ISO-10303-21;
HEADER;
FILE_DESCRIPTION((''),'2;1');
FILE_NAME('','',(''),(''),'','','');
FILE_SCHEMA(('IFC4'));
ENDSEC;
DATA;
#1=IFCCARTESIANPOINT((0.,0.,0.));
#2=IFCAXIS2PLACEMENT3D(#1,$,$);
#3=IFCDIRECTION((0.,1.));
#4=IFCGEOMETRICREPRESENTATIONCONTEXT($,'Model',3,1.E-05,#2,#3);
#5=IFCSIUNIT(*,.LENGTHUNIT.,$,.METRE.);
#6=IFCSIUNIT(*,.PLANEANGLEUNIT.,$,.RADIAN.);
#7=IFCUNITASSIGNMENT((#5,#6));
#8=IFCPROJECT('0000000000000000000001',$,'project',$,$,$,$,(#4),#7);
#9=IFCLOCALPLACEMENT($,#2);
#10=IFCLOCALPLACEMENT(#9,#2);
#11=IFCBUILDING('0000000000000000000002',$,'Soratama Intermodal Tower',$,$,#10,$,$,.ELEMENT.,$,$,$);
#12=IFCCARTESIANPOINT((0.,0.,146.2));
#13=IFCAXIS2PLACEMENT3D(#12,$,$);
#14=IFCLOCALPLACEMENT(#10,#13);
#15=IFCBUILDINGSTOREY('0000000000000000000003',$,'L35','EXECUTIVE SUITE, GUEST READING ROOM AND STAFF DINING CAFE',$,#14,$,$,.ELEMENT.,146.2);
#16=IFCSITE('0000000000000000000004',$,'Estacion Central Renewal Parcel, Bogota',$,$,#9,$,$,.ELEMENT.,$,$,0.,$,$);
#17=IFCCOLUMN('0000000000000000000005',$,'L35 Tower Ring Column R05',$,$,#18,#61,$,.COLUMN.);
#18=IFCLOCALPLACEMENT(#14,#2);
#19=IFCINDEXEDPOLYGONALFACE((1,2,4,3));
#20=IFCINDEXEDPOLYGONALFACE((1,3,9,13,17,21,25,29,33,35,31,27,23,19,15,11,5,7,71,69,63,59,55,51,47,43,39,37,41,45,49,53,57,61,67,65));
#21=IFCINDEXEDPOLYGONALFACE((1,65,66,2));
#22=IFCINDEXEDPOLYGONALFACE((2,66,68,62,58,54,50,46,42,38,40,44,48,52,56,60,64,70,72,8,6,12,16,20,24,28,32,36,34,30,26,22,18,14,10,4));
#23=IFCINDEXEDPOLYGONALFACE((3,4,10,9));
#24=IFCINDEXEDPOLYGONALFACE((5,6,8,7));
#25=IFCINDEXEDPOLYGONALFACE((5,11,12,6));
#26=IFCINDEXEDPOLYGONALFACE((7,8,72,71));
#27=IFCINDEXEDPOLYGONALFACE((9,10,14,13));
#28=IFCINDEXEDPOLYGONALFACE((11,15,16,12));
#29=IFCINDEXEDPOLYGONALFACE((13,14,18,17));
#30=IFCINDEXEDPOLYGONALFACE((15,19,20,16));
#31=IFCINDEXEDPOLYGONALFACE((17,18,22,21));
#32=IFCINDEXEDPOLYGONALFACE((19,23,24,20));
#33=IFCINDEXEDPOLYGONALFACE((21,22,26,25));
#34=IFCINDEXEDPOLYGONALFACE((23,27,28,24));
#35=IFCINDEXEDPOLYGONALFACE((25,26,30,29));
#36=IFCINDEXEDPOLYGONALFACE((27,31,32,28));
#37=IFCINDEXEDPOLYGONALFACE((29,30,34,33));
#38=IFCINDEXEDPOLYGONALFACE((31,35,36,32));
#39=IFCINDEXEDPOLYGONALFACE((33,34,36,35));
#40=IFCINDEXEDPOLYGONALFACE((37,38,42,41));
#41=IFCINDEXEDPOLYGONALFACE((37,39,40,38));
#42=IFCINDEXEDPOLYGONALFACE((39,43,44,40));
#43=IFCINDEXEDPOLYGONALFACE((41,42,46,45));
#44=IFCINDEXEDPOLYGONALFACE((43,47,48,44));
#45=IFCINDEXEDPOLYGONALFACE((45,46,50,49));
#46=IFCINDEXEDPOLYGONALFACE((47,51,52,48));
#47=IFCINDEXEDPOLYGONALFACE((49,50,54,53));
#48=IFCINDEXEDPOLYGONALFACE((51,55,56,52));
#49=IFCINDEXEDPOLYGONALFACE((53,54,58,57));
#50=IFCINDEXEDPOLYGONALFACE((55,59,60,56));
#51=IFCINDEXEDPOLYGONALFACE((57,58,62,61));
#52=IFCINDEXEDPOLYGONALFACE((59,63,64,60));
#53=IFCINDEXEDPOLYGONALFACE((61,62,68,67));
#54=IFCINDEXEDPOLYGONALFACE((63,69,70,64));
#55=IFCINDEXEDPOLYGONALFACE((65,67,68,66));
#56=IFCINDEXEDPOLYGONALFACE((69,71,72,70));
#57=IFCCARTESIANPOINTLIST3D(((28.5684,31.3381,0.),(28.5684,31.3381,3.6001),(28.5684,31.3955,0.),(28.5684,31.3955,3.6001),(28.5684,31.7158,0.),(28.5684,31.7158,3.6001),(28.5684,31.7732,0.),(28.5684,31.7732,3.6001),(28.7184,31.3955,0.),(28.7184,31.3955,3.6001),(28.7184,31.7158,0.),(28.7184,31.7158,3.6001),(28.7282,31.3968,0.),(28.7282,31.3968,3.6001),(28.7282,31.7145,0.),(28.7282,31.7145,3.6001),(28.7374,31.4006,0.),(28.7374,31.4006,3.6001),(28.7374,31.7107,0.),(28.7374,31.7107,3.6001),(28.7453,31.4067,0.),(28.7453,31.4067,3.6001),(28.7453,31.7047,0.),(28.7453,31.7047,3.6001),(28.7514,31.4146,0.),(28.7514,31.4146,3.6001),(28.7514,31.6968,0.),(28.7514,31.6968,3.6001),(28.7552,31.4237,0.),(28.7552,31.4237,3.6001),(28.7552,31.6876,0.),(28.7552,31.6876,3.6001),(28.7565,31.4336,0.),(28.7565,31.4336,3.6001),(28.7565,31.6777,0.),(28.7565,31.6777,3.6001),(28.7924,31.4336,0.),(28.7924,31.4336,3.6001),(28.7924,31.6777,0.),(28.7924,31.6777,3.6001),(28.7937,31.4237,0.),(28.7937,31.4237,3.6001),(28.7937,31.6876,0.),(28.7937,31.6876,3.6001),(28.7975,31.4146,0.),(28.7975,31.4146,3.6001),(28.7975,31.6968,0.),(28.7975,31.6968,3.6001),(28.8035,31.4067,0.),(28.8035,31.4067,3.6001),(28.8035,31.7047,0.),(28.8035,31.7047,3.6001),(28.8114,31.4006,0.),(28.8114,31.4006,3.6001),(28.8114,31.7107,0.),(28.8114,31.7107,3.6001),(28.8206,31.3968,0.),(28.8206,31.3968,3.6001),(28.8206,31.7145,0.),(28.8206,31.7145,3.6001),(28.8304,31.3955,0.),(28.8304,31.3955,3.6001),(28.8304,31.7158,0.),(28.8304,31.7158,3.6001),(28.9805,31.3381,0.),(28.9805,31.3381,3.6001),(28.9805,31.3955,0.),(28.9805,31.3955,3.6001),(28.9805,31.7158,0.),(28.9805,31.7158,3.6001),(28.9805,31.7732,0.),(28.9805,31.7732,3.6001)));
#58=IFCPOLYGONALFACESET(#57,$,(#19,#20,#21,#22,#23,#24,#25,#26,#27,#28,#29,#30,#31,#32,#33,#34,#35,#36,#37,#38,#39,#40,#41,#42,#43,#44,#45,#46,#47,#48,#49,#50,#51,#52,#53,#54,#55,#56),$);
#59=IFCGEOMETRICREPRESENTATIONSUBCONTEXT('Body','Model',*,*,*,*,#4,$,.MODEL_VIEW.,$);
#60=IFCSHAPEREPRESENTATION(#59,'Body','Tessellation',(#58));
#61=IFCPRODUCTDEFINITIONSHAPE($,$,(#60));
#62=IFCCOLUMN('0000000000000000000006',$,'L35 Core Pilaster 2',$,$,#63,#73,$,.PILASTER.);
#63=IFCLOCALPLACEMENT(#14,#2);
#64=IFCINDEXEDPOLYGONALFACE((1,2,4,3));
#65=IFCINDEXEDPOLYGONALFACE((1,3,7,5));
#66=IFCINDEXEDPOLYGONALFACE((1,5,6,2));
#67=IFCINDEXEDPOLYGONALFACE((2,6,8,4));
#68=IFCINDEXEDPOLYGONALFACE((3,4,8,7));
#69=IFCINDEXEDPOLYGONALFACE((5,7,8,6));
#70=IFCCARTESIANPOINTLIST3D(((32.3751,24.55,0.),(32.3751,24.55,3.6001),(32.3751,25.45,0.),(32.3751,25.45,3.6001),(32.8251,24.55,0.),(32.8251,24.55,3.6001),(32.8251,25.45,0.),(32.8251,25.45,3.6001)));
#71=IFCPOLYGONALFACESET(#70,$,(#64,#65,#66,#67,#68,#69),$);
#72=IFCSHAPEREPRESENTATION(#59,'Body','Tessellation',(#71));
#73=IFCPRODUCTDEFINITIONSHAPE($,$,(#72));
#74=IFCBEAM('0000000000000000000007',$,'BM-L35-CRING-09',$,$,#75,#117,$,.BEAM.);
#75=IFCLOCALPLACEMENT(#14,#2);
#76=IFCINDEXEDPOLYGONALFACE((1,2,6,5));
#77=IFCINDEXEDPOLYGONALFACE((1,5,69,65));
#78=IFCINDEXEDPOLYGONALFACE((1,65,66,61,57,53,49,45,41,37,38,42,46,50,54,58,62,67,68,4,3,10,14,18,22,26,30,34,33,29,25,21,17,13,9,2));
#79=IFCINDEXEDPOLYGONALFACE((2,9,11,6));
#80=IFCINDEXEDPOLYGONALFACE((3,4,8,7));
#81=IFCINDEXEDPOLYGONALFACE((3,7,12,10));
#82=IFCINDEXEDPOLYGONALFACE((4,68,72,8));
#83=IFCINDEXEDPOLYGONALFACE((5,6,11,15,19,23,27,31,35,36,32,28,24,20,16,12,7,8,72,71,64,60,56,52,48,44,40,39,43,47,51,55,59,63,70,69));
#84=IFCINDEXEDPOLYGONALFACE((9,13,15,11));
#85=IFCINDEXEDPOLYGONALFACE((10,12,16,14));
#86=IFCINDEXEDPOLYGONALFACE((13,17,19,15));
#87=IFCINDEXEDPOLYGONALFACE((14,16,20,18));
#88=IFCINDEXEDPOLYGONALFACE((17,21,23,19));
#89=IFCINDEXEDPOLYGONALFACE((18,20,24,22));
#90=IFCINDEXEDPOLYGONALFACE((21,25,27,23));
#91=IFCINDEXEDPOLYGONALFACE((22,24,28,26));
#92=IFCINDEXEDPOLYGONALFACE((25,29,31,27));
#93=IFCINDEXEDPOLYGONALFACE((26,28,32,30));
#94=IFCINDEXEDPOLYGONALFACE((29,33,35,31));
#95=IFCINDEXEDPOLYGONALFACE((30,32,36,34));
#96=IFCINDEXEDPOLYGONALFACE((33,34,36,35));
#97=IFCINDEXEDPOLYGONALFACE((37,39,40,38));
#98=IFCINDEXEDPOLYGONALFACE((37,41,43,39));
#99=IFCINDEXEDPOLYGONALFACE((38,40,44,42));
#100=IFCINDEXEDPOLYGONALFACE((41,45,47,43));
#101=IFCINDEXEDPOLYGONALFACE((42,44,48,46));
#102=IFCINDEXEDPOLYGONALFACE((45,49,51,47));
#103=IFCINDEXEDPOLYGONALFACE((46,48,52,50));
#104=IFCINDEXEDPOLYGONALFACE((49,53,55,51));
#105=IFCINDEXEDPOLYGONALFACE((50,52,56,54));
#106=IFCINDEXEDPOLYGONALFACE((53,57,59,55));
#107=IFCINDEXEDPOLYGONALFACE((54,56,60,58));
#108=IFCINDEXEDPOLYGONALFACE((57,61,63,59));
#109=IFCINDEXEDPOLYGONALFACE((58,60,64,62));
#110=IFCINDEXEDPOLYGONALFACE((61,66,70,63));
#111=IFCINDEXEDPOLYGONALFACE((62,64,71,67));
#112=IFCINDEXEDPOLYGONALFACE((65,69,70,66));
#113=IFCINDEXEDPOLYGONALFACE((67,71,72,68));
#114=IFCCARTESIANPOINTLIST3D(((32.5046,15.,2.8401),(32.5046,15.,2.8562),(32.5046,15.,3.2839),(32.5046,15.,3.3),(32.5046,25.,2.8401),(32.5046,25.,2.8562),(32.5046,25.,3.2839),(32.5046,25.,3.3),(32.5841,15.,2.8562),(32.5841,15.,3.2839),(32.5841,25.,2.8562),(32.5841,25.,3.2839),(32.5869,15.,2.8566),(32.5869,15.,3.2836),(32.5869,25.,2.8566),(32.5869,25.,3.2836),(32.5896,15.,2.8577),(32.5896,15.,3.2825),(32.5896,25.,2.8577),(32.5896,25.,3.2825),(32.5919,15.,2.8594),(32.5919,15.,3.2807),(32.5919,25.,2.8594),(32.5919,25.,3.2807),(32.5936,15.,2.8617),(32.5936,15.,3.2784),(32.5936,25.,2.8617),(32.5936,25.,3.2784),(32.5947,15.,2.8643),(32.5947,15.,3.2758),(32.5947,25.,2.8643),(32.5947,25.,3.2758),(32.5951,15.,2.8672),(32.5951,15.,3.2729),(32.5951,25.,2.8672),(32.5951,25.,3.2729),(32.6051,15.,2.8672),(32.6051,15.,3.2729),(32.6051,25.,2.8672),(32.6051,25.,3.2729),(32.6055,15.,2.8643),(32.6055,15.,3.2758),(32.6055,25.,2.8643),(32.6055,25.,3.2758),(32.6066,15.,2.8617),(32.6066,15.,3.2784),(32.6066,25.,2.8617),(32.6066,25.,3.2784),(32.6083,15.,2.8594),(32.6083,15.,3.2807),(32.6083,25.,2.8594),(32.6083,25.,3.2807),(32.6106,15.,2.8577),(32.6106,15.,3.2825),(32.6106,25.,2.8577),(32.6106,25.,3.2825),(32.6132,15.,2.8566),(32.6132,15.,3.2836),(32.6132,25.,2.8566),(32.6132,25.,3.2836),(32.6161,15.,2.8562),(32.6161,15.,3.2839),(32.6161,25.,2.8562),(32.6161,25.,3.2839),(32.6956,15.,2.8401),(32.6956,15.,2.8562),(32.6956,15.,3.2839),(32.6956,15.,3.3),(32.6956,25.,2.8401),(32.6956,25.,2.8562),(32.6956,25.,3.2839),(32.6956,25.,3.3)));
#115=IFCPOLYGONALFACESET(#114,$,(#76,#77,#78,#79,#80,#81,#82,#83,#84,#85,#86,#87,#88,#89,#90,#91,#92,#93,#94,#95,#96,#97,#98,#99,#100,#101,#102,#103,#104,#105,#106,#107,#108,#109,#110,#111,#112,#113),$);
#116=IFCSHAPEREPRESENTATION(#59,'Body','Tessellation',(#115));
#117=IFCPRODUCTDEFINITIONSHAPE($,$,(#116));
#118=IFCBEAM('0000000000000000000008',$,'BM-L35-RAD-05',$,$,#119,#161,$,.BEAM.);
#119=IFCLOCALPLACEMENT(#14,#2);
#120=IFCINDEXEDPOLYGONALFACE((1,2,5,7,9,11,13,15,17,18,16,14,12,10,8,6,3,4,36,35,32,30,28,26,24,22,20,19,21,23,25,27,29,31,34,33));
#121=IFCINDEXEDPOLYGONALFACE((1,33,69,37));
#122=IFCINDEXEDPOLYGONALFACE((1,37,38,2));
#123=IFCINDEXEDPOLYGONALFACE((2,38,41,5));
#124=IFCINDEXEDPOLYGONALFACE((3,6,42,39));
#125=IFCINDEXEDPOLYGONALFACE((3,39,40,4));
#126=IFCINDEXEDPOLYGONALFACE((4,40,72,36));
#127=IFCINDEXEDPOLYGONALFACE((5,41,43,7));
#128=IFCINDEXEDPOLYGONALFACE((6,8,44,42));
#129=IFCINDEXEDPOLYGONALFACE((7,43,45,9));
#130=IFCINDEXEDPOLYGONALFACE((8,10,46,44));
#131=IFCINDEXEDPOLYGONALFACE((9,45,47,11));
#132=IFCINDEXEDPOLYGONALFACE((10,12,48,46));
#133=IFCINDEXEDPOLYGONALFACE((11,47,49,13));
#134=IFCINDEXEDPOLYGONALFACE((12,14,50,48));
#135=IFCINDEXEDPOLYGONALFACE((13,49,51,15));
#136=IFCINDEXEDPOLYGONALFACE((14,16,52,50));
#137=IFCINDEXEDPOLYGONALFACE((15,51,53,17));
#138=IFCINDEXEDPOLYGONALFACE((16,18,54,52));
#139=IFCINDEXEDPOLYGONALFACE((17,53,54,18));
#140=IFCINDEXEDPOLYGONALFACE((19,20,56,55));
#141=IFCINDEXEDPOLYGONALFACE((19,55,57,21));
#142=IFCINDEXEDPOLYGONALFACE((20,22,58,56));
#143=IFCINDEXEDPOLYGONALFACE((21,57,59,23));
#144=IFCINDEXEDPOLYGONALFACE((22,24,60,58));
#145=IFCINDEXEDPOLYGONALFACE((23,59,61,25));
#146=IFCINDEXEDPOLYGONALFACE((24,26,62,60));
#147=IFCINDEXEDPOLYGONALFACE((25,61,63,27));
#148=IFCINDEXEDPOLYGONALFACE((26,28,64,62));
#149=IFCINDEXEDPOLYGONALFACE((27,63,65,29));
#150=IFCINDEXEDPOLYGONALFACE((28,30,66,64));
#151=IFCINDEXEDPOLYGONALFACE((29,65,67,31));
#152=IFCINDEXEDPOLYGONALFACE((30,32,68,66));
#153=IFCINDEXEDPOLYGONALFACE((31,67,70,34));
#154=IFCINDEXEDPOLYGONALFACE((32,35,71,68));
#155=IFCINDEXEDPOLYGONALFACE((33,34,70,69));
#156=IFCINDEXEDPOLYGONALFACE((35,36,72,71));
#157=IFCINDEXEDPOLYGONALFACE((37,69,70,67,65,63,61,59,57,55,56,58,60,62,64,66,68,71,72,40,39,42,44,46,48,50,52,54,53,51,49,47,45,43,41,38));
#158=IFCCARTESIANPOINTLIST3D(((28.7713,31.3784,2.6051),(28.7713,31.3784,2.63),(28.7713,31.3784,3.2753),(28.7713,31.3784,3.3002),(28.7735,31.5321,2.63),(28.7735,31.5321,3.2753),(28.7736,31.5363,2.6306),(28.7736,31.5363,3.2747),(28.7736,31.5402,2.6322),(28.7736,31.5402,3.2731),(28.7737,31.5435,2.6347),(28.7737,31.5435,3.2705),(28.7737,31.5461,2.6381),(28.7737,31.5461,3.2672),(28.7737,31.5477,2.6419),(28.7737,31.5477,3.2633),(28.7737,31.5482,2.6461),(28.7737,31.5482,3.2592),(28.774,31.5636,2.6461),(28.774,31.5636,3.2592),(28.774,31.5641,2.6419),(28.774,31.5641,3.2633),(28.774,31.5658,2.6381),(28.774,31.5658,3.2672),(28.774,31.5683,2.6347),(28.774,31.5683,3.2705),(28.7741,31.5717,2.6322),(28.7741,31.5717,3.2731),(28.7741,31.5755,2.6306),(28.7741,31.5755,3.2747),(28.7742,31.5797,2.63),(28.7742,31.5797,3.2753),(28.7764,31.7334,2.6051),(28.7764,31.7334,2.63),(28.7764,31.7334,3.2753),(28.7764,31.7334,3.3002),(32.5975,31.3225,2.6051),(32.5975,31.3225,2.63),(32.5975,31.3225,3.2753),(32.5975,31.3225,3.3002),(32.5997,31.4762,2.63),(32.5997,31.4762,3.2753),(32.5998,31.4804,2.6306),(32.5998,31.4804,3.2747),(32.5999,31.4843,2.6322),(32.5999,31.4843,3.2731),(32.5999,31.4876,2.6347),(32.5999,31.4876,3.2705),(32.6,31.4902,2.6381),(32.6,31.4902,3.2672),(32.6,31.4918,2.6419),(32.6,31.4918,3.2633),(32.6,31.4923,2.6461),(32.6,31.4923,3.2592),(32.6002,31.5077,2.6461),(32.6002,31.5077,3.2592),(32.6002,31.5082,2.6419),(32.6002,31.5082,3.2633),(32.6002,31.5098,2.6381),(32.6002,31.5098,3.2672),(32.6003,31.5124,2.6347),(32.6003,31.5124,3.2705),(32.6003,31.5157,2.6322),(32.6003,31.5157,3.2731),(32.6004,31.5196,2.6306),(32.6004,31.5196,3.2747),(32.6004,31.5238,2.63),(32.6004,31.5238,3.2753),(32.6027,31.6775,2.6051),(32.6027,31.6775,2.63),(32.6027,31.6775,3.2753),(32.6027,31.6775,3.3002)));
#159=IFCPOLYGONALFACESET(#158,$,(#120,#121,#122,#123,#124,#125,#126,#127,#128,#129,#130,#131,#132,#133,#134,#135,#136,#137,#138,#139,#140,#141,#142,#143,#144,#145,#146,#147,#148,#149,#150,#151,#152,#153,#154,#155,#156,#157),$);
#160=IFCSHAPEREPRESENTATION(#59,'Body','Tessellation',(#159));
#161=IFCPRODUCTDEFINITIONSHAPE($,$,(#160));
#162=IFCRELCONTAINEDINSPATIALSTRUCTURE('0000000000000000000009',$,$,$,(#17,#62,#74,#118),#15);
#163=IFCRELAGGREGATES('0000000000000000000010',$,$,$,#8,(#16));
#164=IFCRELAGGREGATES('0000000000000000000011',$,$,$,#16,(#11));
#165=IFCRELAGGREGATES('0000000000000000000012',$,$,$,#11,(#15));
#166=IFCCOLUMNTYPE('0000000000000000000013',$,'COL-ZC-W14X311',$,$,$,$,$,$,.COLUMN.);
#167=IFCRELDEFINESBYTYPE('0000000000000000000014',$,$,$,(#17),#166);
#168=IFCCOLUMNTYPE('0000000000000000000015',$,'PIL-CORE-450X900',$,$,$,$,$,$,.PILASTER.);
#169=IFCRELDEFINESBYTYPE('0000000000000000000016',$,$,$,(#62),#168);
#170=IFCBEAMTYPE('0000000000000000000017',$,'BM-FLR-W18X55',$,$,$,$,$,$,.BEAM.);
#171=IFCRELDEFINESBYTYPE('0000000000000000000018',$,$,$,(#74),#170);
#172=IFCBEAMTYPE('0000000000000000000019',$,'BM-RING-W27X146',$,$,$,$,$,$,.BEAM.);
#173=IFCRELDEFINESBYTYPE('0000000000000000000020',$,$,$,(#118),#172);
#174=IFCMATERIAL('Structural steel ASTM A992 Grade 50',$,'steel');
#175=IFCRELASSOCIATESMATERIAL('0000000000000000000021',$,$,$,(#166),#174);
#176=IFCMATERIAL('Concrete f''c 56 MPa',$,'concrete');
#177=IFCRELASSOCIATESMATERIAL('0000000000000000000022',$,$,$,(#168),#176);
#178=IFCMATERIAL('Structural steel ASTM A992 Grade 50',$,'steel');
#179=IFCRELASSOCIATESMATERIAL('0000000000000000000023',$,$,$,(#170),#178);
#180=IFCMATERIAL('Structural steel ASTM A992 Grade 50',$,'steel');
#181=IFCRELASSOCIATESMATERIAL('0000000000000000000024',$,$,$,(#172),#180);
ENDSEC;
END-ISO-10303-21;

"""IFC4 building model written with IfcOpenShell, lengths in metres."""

from ifc_helpers import new_model, si_unit, direction, frame, origin, origin_2d, place, context, subcontext, project, spatial, rectangle, i_section, extrude, material, material_profile, profile_set, type_object, element, save


model = new_model("IFC4")

# Units and contexts
model_context = context("Model", 3, precision=1e-05, world=origin(), true_north=direction((0.0, 1.0)))
body_context = subcontext(model_context, "Body", "Model", "MODEL_VIEW")
ifc_project = project(units=[si_unit("LENGTHUNIT", "METRE"), si_unit("PLANEANGLEUNIT", "RADIAN")], contexts=[model_context])

# Site, building, storey
site_placement = place(None, origin())
site = spatial("IfcSite", under=ifc_project, at=site_placement, Name="Estacion Central Renewal Parcel, Bogota", CompositionType="ELEMENT", RefElevation=0.0)
building_placement = place(site_placement, origin())
building = spatial("IfcBuilding", under=site, at=building_placement, Name="Soratama Intermodal Tower", CompositionType="ELEMENT")
storey_placement = place(building_placement, frame((0.0, 0.0, 146.2)))
storey = spatial("IfcBuildingStorey", under=building, at=storey_placement, Name="L35", Description="EXECUTIVE SUITE, GUEST READING ROOM AND STAFF DINING CAFE", CompositionType="ELEMENT", Elevation=146.2)

# Columns
ifc_material_1 = material(Name="Structural steel ASTM A992 Grade 50", Category="steel")
ifc_material_profile_1 = material_profile(ifc_material_1, i_section(OverallWidth=0.4121, OverallDepth=0.4351, WebThickness=0.0359, FlangeThickness=0.0574, FilletRadius=0.0381, at=origin_2d()), Name="W14X311")
ifc_profile_set_1 = profile_set([ifc_material_profile_1], Name="Structural steel ASTM A992 Grade 50")
column_type_1 = type_object("IfcColumnType", Name="COL-ZC-W14X311", PredefinedType="COLUMN", material=ifc_profile_set_1)
column_1_placement = place(storey_placement, frame((28.7744, 31.5557, 0.0), z_axis=(0.0, 0.0, 1.0), x_axis=(1.0, 0.0, 0.0)))
element("IfcColumn", 1, at=column_1_placement, inside=storey, type_object=column_type_1, Name="L35 Tower Ring Column R05", PredefinedType="COLUMN", context=body_context, shape_type="SweptSolid", body=[
    extrude(i_section(OverallWidth=0.4121, OverallDepth=0.4351, WebThickness=0.0359, FlangeThickness=0.0574, FilletRadius=0.0381, at=origin_2d()), origin(), (0.0, 0.0, 1.0), 3.6001),
])
ifc_material_2 = material(Name="Concrete f'c 56 MPa", Category="concrete")
ifc_material_profile_2 = material_profile(ifc_material_2, rectangle(XDim=0.45, YDim=0.8999, at=origin_2d()), Name="RC450X900")
ifc_profile_set_2 = profile_set([ifc_material_profile_2], Name="Concrete f'c 56 MPa")
column_type_2 = type_object("IfcColumnType", Name="PIL-CORE-450X900", PredefinedType="PILASTER", material=ifc_profile_set_2)
column_2_placement = place(storey_placement, frame((32.6001, 25.0, 0.0), z_axis=(0.0, 0.0, 1.0), x_axis=(1.0, 0.0, 0.0)))
element("IfcColumn", 2, at=column_2_placement, inside=storey, type_object=column_type_2, Name="L35 Core Pilaster 2", PredefinedType="PILASTER", context=body_context, shape_type="SweptSolid", body=[
    extrude(rectangle(XDim=0.45, YDim=0.8999, at=origin_2d()), origin(), (0.0, 0.0, 1.0), 3.6001),
])

# Beams
ifc_material_3 = material(Name="Structural steel ASTM A992 Grade 50", Category="steel")
ifc_material_profile_3 = material_profile(ifc_material_3, i_section(OverallWidth=0.1909, OverallDepth=0.46, WebThickness=0.01, FlangeThickness=0.0161, FilletRadius=0.011, at=origin_2d()), Name="W18X55")
ifc_profile_set_3 = profile_set([ifc_material_profile_3], Name="Structural steel ASTM A992 Grade 50")
beam_type_1 = type_object("IfcBeamType", Name="BM-FLR-W18X55", PredefinedType="BEAM", material=ifc_profile_set_3)
beam_1_placement = place(storey_placement, frame((32.6001, 25.0, 3.0701), z_axis=(0.0, -1.0, 0.0), x_axis=(1.0, 0.0, 0.0)))
element("IfcBeam", 3, at=beam_1_placement, inside=storey, type_object=beam_type_1, Name="BM-L35-CRING-09", PredefinedType="BEAM", context=body_context, shape_type="SweptSolid", body=[
    extrude(i_section(OverallWidth=0.1909, OverallDepth=0.46, WebThickness=0.01, FlangeThickness=0.0161, FilletRadius=0.011, at=origin_2d()), origin(), (0.0, 0.0, 1.0), 10.0),
])
ifc_material_4 = material(Name="Structural steel ASTM A992 Grade 50", Category="steel")
ifc_material_profile_4 = material_profile(ifc_material_4, i_section(OverallWidth=0.355, OverallDepth=0.6951, WebThickness=0.0154, FlangeThickness=0.0249, FilletRadius=0.0161, at=origin_2d()), Name="W27X146")
ifc_profile_set_4 = profile_set([ifc_material_profile_4], Name="Structural steel ASTM A992 Grade 50")
beam_type_2 = type_object("IfcBeamType", Name="BM-RING-W27X146", PredefinedType="BEAM", material=ifc_profile_set_4)
beam_2_placement = place(storey_placement, frame((32.6001, 31.5, 2.9526), z_axis=(-0.999893, 0.01461, 0.0), x_axis=(-0.01461, -0.999893, 0.0)))
element("IfcBeam", 4, at=beam_2_placement, inside=storey, type_object=beam_type_2, Name="BM-L35-RAD-05", PredefinedType="BEAM", context=body_context, shape_type="SweptSolid", body=[
    extrude(i_section(OverallWidth=0.355, OverallDepth=0.6951, WebThickness=0.0154, FlangeThickness=0.0249, FilletRadius=0.0161, at=origin_2d()), origin(), (0.0, 0.0, 1.0), 3.8267),
])

save(model, "model.ifc")
